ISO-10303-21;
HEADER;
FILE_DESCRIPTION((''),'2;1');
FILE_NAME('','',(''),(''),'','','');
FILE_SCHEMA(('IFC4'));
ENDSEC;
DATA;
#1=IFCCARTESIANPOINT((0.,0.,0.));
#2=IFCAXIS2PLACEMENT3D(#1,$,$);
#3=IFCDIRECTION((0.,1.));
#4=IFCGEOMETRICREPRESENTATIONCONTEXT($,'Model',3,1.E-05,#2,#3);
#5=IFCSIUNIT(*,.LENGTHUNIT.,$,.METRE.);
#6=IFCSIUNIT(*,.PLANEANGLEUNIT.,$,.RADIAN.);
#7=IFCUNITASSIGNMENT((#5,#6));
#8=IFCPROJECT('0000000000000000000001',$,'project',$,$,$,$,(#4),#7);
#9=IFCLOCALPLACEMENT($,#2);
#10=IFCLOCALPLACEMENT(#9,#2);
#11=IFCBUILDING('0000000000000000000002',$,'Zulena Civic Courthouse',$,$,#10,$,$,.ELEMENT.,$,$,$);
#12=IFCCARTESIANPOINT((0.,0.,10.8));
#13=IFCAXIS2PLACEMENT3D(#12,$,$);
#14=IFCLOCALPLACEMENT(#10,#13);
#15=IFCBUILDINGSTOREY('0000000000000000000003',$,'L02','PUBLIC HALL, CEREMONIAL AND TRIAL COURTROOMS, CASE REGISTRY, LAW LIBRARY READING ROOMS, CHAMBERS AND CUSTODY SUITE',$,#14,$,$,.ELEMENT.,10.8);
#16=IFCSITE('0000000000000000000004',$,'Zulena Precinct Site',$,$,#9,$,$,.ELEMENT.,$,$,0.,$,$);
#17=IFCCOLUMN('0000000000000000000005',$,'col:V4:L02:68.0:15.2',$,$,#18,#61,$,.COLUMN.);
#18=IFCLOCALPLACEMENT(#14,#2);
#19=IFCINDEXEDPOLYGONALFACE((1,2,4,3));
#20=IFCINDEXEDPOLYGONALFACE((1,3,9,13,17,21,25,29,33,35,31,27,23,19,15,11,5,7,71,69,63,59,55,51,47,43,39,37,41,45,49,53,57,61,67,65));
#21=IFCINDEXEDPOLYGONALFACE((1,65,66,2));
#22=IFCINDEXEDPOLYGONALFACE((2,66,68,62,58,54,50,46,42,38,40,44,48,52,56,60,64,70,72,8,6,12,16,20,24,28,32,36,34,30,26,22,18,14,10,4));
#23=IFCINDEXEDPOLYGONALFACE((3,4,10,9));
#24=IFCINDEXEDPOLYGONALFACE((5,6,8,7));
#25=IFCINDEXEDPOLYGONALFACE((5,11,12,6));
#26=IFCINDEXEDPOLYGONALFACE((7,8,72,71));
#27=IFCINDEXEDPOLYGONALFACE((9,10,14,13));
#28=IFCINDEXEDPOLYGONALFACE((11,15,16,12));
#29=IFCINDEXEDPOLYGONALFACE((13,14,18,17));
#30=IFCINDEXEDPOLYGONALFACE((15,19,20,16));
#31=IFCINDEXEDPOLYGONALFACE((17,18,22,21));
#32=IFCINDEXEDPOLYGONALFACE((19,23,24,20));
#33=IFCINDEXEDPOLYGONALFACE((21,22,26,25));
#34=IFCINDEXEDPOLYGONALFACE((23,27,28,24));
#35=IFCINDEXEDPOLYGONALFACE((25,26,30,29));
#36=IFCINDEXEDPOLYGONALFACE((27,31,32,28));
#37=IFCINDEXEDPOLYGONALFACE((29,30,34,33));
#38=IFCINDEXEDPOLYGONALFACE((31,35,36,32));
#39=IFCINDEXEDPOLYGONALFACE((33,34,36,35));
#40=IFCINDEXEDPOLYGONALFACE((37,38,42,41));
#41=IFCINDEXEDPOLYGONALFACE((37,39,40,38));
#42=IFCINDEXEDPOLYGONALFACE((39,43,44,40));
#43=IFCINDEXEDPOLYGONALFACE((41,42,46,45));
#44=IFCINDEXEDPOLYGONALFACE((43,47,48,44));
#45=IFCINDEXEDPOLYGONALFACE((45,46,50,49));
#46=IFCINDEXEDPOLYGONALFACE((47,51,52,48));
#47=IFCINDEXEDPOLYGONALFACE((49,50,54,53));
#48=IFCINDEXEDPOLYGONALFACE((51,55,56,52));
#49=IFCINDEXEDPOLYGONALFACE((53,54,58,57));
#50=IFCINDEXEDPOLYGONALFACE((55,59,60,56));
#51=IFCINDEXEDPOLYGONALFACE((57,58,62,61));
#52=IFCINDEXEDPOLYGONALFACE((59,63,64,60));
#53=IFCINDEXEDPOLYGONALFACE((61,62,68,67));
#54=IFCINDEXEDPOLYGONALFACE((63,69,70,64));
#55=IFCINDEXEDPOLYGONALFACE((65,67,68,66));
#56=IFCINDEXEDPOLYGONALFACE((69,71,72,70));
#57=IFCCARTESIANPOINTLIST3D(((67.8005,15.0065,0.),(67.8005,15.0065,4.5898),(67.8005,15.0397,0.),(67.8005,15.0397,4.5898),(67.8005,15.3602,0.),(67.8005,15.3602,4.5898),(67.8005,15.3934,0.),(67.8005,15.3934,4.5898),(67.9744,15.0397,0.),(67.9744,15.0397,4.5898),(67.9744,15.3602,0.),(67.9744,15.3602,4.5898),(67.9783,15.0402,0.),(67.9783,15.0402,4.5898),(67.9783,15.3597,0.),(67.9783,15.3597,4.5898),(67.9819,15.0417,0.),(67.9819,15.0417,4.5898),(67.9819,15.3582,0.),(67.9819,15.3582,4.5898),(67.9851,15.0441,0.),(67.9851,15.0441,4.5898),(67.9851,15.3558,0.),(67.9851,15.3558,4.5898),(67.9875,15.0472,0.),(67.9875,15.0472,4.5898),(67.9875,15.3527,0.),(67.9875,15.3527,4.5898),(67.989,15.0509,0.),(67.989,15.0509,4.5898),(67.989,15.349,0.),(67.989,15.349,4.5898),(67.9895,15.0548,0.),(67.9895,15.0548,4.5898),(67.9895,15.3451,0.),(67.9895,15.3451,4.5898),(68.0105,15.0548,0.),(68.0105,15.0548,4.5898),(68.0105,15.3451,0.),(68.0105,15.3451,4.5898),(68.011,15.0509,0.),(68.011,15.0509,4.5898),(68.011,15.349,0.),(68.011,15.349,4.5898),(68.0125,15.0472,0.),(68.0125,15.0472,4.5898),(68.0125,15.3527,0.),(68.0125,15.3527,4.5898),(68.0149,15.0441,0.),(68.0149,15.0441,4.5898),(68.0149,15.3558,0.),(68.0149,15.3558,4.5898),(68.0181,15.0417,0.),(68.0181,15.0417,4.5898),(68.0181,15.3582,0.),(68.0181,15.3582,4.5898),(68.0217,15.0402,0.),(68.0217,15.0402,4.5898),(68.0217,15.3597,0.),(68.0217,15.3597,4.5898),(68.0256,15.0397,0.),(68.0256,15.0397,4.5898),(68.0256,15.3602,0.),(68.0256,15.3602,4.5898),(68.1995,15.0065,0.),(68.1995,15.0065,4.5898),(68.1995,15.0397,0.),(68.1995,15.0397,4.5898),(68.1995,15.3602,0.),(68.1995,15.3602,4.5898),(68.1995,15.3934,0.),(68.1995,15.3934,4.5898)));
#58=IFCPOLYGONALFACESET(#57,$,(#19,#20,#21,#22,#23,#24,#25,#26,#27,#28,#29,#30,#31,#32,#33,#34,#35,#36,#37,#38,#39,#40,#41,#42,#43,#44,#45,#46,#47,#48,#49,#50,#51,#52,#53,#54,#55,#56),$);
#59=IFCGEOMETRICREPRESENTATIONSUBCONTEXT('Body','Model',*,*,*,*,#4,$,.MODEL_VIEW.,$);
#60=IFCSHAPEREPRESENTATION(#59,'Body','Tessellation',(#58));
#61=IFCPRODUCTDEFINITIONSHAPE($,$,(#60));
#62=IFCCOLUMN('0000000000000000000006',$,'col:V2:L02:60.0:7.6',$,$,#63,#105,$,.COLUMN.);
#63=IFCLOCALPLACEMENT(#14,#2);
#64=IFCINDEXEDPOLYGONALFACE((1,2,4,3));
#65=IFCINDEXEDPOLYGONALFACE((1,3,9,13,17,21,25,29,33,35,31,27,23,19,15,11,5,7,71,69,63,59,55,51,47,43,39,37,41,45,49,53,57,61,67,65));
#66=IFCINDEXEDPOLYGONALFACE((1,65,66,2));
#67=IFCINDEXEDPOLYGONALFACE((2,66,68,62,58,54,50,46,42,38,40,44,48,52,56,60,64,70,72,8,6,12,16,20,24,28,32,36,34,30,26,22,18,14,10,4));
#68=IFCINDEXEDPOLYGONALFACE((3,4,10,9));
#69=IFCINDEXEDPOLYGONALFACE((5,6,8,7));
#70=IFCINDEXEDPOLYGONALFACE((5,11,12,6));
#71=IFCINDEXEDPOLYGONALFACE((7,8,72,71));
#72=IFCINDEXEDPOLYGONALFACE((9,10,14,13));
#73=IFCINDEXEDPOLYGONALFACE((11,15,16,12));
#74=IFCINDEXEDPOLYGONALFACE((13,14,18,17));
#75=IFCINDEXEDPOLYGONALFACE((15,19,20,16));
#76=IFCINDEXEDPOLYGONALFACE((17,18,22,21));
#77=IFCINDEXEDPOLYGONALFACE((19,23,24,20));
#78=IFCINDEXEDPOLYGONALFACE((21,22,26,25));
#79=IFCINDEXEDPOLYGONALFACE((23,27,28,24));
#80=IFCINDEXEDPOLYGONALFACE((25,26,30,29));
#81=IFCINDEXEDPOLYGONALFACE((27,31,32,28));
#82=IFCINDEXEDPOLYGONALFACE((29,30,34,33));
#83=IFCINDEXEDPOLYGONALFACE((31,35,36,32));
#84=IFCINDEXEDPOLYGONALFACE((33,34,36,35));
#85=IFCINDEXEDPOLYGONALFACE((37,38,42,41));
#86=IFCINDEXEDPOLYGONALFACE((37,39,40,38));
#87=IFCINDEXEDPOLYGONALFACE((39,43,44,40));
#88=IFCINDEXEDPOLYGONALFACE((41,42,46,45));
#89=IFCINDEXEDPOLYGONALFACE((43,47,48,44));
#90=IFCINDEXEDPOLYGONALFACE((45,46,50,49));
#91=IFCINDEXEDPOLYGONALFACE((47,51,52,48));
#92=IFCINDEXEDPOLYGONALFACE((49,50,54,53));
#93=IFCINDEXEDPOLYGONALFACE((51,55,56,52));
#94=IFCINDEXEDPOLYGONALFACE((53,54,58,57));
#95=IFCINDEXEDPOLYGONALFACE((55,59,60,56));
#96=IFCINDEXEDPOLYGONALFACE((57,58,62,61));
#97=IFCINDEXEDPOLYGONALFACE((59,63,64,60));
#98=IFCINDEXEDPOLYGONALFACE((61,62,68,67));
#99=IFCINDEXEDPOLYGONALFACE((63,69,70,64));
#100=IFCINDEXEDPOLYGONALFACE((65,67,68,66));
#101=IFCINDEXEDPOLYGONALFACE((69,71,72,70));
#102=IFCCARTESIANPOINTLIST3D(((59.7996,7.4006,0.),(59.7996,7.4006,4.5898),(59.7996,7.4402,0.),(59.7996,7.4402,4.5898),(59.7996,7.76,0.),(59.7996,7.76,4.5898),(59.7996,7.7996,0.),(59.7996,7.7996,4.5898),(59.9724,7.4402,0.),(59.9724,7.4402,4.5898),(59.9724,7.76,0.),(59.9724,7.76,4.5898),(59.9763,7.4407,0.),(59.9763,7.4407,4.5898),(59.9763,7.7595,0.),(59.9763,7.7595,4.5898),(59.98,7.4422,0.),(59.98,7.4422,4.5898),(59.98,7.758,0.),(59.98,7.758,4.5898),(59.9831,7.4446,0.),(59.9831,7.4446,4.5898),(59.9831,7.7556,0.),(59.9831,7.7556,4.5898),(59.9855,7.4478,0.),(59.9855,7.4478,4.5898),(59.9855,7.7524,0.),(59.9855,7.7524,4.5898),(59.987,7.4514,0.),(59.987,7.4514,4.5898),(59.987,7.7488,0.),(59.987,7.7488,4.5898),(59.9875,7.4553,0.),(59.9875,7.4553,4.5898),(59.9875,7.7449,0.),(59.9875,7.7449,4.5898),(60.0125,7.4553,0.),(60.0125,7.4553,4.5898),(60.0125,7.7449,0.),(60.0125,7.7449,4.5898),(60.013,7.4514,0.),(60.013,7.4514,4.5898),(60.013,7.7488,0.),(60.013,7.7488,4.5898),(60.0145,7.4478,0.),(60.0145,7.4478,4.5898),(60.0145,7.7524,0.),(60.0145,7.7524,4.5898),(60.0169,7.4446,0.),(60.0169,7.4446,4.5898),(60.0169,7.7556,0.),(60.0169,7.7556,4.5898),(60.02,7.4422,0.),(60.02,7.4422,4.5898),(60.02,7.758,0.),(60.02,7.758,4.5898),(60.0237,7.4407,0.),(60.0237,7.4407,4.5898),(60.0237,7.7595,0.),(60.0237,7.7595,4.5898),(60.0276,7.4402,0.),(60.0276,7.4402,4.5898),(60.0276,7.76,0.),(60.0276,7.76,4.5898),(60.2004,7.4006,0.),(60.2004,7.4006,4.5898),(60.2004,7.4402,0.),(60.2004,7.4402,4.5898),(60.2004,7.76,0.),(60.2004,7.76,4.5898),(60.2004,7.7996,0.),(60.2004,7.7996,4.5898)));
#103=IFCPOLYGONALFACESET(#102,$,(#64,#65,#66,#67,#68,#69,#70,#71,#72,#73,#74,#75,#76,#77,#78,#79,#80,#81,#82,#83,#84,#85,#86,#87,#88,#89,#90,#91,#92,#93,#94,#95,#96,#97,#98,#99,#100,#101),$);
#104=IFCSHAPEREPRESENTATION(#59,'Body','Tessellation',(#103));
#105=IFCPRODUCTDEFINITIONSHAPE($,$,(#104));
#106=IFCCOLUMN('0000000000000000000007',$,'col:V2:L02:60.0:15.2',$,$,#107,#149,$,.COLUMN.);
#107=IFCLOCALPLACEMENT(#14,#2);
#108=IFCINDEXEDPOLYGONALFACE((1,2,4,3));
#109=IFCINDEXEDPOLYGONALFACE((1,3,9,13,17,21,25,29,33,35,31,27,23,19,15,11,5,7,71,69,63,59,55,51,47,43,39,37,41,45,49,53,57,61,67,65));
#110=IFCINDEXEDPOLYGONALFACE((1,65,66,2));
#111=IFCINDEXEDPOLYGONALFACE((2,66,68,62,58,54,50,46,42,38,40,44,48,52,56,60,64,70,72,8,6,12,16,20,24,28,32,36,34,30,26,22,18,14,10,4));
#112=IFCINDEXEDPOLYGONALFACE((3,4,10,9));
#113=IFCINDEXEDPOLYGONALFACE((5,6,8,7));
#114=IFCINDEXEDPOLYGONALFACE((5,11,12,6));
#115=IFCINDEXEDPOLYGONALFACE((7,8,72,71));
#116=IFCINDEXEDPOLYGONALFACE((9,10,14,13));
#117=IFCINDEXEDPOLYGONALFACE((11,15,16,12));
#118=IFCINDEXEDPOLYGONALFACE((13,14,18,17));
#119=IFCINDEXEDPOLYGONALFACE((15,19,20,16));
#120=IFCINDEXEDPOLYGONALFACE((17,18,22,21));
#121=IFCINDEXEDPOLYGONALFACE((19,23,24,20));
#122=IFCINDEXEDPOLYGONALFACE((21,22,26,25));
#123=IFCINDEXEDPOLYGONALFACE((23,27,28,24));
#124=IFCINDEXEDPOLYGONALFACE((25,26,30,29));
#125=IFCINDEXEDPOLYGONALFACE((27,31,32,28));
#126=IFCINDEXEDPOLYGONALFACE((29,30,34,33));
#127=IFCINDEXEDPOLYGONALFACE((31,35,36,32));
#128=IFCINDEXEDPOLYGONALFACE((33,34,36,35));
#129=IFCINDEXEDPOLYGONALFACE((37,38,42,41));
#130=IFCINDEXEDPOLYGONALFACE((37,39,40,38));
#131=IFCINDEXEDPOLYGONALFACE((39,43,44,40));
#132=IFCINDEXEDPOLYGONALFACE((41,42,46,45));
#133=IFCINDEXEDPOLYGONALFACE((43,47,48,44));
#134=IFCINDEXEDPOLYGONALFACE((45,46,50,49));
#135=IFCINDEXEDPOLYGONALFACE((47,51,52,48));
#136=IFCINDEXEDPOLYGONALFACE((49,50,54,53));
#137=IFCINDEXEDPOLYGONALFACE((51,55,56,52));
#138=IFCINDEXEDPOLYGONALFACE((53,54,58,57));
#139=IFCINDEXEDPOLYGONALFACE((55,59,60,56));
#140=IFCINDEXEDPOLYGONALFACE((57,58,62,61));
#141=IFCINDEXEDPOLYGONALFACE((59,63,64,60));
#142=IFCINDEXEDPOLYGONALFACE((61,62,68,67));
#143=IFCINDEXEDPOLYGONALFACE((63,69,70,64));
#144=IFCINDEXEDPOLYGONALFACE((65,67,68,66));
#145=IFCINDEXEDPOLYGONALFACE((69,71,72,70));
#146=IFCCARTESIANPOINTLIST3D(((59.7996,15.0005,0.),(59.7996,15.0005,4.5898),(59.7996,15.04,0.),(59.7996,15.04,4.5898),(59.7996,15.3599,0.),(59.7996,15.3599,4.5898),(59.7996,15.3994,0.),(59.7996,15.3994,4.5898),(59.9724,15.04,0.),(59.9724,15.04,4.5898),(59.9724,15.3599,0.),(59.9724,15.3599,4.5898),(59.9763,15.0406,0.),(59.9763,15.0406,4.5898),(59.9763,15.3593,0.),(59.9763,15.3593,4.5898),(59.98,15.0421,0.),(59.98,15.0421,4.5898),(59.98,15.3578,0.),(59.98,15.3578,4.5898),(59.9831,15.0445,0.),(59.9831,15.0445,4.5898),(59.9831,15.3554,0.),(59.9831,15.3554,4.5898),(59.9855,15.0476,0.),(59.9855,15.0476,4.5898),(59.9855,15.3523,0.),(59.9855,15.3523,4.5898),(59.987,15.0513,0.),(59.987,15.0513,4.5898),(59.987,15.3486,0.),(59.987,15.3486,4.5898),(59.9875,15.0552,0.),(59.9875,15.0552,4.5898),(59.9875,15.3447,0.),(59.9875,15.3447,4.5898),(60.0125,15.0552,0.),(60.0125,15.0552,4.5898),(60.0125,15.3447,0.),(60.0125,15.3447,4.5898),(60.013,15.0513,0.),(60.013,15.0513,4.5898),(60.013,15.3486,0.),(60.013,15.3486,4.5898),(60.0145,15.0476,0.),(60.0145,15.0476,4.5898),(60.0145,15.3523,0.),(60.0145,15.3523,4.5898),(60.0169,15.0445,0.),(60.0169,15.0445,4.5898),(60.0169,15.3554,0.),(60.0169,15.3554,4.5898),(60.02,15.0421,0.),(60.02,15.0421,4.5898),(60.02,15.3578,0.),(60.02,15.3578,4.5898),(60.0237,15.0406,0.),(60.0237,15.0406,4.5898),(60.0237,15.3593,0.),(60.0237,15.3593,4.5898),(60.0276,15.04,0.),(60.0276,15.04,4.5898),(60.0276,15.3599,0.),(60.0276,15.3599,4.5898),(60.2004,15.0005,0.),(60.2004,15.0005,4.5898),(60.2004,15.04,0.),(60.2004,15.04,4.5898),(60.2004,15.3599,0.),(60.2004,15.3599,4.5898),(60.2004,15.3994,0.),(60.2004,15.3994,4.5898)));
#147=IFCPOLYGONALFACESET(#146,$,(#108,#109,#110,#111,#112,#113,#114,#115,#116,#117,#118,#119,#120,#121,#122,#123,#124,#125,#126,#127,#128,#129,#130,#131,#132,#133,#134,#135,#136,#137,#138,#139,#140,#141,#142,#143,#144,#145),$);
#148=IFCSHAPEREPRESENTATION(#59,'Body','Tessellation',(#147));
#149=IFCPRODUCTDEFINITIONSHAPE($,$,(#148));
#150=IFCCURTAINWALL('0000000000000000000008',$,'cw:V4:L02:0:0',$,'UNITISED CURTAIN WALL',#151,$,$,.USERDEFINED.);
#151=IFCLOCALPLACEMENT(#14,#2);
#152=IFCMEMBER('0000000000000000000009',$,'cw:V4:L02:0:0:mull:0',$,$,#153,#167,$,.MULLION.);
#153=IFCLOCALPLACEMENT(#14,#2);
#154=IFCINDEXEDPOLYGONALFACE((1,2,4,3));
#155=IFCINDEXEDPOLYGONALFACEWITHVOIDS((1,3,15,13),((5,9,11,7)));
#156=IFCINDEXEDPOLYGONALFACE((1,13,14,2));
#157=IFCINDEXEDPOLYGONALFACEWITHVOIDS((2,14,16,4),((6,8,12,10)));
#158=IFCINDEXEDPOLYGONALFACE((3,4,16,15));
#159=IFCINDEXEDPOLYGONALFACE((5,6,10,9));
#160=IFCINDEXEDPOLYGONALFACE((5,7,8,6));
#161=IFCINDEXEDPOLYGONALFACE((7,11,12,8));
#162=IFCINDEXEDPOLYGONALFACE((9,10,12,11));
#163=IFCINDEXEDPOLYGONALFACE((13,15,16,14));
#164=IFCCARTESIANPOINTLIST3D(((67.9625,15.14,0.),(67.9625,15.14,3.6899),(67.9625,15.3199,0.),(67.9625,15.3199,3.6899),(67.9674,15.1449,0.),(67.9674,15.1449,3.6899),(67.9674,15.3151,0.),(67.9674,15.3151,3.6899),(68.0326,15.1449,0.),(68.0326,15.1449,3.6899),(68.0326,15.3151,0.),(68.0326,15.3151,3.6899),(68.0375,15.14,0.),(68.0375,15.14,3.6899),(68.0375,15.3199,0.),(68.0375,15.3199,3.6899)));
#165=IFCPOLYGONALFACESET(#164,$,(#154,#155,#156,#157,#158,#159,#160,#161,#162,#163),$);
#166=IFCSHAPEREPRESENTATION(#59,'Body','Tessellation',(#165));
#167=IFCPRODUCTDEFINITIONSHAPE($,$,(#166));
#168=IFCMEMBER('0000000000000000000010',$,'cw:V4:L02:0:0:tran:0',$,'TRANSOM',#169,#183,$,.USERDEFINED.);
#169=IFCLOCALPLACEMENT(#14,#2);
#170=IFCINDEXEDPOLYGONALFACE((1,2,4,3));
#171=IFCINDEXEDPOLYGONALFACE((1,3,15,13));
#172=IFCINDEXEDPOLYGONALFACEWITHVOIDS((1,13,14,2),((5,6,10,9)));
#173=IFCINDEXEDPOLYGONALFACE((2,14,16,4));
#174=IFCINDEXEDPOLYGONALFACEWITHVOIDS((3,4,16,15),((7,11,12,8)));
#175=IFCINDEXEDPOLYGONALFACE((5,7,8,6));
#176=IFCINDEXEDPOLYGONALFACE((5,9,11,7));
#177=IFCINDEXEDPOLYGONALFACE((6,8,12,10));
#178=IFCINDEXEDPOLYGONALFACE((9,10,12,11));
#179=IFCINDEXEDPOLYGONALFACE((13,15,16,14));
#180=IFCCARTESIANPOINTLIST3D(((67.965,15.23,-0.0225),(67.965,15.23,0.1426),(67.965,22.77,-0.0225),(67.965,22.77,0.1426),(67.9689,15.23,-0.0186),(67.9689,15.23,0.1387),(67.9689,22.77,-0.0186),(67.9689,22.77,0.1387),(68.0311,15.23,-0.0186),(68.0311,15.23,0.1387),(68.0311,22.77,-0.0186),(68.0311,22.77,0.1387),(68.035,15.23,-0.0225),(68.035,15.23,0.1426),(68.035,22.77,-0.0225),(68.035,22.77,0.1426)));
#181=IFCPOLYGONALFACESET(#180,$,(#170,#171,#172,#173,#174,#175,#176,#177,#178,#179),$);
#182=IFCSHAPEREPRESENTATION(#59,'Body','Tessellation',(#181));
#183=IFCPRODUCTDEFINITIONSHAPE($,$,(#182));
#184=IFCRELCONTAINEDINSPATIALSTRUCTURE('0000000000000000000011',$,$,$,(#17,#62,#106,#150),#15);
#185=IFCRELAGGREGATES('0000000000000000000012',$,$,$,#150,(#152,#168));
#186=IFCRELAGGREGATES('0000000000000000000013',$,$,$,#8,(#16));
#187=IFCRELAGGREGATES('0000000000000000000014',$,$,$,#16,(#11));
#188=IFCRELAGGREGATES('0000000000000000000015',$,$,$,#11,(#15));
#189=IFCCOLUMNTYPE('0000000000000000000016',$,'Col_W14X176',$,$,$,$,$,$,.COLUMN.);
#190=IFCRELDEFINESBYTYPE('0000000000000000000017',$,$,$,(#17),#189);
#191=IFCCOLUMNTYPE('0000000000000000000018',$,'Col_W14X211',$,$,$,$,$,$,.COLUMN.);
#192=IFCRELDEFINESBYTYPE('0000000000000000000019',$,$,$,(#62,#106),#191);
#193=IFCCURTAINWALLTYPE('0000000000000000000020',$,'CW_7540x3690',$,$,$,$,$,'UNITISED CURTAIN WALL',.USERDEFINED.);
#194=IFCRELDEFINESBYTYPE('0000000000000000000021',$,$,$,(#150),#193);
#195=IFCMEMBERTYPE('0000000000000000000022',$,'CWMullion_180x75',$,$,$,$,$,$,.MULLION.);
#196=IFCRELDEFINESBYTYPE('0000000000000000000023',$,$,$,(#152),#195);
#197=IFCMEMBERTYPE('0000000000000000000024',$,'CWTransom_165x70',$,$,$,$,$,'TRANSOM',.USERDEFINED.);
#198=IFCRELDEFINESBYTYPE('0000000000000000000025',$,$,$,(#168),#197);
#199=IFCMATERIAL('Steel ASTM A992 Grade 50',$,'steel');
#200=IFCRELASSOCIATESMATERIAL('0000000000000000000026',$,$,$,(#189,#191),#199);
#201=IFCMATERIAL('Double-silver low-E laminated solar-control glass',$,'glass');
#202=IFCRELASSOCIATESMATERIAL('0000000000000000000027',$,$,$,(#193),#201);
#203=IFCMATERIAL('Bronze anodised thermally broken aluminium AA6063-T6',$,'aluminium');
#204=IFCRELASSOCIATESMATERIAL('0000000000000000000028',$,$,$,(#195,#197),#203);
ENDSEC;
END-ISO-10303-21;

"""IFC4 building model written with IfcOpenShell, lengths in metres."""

from ifc_helpers import new_model, si_unit, direction, frame, origin, origin_2d, place, context, subcontext, project, spatial, hollow_rectangle, i_section, extrude, material, material_profile, profile_set, type_object, element, aggregate, save


model = new_model("IFC4")

# Units and contexts
model_context = context("Model", 3, precision=1e-05, world=origin(), true_north=direction((0.0, 1.0)))
body_context = subcontext(model_context, "Body", "Model", "MODEL_VIEW")
ifc_project = project(units=[si_unit("LENGTHUNIT", "METRE"), si_unit("PLANEANGLEUNIT", "RADIAN")], contexts=[model_context])

# Site, building, storey
site_placement = place(None, origin())
site = spatial("IfcSite", under=ifc_project, at=site_placement, Name="Zulena Precinct Site", CompositionType="ELEMENT", RefElevation=0.0)
building_placement = place(site_placement, origin())
building = spatial("IfcBuilding", under=site, at=building_placement, Name="Zulena Civic Courthouse", CompositionType="ELEMENT")
storey_placement = place(building_placement, frame((0.0, 0.0, 10.8)))
storey = spatial("IfcBuildingStorey", under=building, at=storey_placement, Name="L02", Description="PUBLIC HALL, CEREMONIAL AND TRIAL COURTROOMS, CASE REGISTRY, LAW LIBRARY READING ROOMS, CHAMBERS AND CUSTODY SUITE", CompositionType="ELEMENT", Elevation=10.8)

# Columns
ifc_material_1 = material(Name="Steel ASTM A992 Grade 50", Category="steel")
ifc_material_profile_1 = material_profile(ifc_material_1, i_section(OverallWidth=0.3989, OverallDepth=0.387, WebThickness=0.021, FlangeThickness=0.0332, FilletRadius=0.0151, at=origin_2d()), Name="W14X176")
ifc_profile_set_1 = profile_set([ifc_material_profile_1], Name="Steel ASTM A992 Grade 50")
column_type_1 = type_object("IfcColumnType", Name="Col_W14X176", PredefinedType="COLUMN", material=ifc_profile_set_1)
column_placement = place(storey_placement, frame((68.0, 15.2, 0.0), z_axis=(0.0, 0.0, 1.0), x_axis=(1.0, 0.0, 0.0)))
element("IfcColumn", 1, at=column_placement, inside=storey, type_object=column_type_1, Name="col:V4:L02:68.0:15.2", PredefinedType="COLUMN", context=body_context, shape_type="SweptSolid", body=[
    extrude(i_section(OverallWidth=0.3989, OverallDepth=0.387, WebThickness=0.021, FlangeThickness=0.0332, FilletRadius=0.0151, at=origin_2d()), origin(), (0.0, 0.0, 1.0), 4.5898),
])
ifc_material_profile_2 = material_profile(ifc_material_1, i_section(OverallWidth=0.4009, OverallDepth=0.3989, WebThickness=0.0249, FlangeThickness=0.0396, FilletRadius=0.0151, at=origin_2d()), Name="W14X211")
ifc_profile_set_2 = profile_set([ifc_material_profile_2], Name="Steel ASTM A992 Grade 50")
column_type_2 = type_object("IfcColumnType", Name="Col_W14X211", PredefinedType="COLUMN", material=ifc_profile_set_2)
for number, where, z_axis, x_axis, name in (
    (2, (60.0, 7.6001, 0.0), (0.0, 0.0, 1.0), (1.0, 0.0, 0.0), "col:V2:L02:60.0:7.6"),
    (3, (60.0, 15.2, 0.0), (0.0, 0.0, 1.0), (1.0, 0.0, 0.0), "col:V2:L02:60.0:15.2"),
):
    element("IfcColumn", number, at=place(storey_placement, frame(where, z_axis=z_axis, x_axis=x_axis)), inside=storey, type_object=column_type_2, Name=name, PredefinedType="COLUMN", context=body_context, shape_type="SweptSolid", body=[
        extrude(i_section(OverallWidth=0.4009, OverallDepth=0.3989, WebThickness=0.0249, FlangeThickness=0.0396, FilletRadius=0.0151, at=origin_2d()), origin(), (0.0, 0.0, 1.0), 4.5898),
    ])

# Curtain wall, members
ifc_material_2 = material(Name="Double-silver low-E laminated solar-control glass", Category="glass")
curtain_wall_type = type_object("IfcCurtainWallType", Name="CW_7540x3690", ElementType="UNITISED CURTAIN WALL", PredefinedType="USERDEFINED", material=ifc_material_2)
curtain_wall_placement = place(storey_placement, origin())
curtain_wall = element("IfcCurtainWall", 4, at=curtain_wall_placement, inside=storey, type_object=curtain_wall_type, Name="cw:V4:L02:0:0", ObjectType="UNITISED CURTAIN WALL", PredefinedType="USERDEFINED")
ifc_material_3 = material(Name="Bronze anodised thermally broken aluminium AA6063-T6", Category="aluminium")
ifc_material_profile_3 = material_profile(ifc_material_3, hollow_rectangle(XDim=0.075, YDim=0.1799, WallThickness=0.0049, at=origin_2d()), Name="CWM180X75X5")
ifc_profile_set_3 = profile_set([ifc_material_profile_3], Name="Bronze anodised thermally broken aluminium AA6063-T6")
member_type_1 = type_object("IfcMemberType", Name="CWMullion_180x75", PredefinedType="MULLION", material=ifc_profile_set_3)
member_1_placement = place(storey_placement, frame((68.0, 15.23, 0.0), z_axis=(0.0, 0.0, 1.0), x_axis=(1.0, 0.0, 0.0)))
member_1 = element("IfcMember", 5, at=member_1_placement, type_object=member_type_1, Name="cw:V4:L02:0:0:mull:0", PredefinedType="MULLION", context=body_context, shape_type="SweptSolid", body=[
    extrude(hollow_rectangle(XDim=0.075, YDim=0.1799, WallThickness=0.0049, at=origin_2d()), origin(), (0.0, 0.0, 1.0), 3.6899),
])
ifc_material_profile_4 = material_profile(ifc_material_3, hollow_rectangle(XDim=0.0701, YDim=0.165, WallThickness=0.0039, at=origin_2d()), Name="CWT165X70X4")
ifc_profile_set_4 = profile_set([ifc_material_profile_4], Name="Bronze anodised thermally broken aluminium AA6063-T6")
member_type_2 = type_object("IfcMemberType", Name="CWTransom_165x70", ElementType="TRANSOM", PredefinedType="USERDEFINED", material=ifc_profile_set_4)
member_2_placement = place(storey_placement, frame((68.0, 15.23, 0.0601), z_axis=(0.0, 1.0, 0.0), x_axis=(-1.0, 0.0, 0.0)))
member_2 = element("IfcMember", 6, at=member_2_placement, type_object=member_type_2, Name="cw:V4:L02:0:0:tran:0", ObjectType="TRANSOM", PredefinedType="USERDEFINED", context=body_context, shape_type="SweptSolid", body=[
    extrude(hollow_rectangle(XDim=0.0701, YDim=0.165, WallThickness=0.0039, at=origin_2d()), origin(), (0.0, 0.0, 1.0), 7.54),
])

aggregate(curtain_wall, [member_1, member_2])

save(model, "model.ifc")
